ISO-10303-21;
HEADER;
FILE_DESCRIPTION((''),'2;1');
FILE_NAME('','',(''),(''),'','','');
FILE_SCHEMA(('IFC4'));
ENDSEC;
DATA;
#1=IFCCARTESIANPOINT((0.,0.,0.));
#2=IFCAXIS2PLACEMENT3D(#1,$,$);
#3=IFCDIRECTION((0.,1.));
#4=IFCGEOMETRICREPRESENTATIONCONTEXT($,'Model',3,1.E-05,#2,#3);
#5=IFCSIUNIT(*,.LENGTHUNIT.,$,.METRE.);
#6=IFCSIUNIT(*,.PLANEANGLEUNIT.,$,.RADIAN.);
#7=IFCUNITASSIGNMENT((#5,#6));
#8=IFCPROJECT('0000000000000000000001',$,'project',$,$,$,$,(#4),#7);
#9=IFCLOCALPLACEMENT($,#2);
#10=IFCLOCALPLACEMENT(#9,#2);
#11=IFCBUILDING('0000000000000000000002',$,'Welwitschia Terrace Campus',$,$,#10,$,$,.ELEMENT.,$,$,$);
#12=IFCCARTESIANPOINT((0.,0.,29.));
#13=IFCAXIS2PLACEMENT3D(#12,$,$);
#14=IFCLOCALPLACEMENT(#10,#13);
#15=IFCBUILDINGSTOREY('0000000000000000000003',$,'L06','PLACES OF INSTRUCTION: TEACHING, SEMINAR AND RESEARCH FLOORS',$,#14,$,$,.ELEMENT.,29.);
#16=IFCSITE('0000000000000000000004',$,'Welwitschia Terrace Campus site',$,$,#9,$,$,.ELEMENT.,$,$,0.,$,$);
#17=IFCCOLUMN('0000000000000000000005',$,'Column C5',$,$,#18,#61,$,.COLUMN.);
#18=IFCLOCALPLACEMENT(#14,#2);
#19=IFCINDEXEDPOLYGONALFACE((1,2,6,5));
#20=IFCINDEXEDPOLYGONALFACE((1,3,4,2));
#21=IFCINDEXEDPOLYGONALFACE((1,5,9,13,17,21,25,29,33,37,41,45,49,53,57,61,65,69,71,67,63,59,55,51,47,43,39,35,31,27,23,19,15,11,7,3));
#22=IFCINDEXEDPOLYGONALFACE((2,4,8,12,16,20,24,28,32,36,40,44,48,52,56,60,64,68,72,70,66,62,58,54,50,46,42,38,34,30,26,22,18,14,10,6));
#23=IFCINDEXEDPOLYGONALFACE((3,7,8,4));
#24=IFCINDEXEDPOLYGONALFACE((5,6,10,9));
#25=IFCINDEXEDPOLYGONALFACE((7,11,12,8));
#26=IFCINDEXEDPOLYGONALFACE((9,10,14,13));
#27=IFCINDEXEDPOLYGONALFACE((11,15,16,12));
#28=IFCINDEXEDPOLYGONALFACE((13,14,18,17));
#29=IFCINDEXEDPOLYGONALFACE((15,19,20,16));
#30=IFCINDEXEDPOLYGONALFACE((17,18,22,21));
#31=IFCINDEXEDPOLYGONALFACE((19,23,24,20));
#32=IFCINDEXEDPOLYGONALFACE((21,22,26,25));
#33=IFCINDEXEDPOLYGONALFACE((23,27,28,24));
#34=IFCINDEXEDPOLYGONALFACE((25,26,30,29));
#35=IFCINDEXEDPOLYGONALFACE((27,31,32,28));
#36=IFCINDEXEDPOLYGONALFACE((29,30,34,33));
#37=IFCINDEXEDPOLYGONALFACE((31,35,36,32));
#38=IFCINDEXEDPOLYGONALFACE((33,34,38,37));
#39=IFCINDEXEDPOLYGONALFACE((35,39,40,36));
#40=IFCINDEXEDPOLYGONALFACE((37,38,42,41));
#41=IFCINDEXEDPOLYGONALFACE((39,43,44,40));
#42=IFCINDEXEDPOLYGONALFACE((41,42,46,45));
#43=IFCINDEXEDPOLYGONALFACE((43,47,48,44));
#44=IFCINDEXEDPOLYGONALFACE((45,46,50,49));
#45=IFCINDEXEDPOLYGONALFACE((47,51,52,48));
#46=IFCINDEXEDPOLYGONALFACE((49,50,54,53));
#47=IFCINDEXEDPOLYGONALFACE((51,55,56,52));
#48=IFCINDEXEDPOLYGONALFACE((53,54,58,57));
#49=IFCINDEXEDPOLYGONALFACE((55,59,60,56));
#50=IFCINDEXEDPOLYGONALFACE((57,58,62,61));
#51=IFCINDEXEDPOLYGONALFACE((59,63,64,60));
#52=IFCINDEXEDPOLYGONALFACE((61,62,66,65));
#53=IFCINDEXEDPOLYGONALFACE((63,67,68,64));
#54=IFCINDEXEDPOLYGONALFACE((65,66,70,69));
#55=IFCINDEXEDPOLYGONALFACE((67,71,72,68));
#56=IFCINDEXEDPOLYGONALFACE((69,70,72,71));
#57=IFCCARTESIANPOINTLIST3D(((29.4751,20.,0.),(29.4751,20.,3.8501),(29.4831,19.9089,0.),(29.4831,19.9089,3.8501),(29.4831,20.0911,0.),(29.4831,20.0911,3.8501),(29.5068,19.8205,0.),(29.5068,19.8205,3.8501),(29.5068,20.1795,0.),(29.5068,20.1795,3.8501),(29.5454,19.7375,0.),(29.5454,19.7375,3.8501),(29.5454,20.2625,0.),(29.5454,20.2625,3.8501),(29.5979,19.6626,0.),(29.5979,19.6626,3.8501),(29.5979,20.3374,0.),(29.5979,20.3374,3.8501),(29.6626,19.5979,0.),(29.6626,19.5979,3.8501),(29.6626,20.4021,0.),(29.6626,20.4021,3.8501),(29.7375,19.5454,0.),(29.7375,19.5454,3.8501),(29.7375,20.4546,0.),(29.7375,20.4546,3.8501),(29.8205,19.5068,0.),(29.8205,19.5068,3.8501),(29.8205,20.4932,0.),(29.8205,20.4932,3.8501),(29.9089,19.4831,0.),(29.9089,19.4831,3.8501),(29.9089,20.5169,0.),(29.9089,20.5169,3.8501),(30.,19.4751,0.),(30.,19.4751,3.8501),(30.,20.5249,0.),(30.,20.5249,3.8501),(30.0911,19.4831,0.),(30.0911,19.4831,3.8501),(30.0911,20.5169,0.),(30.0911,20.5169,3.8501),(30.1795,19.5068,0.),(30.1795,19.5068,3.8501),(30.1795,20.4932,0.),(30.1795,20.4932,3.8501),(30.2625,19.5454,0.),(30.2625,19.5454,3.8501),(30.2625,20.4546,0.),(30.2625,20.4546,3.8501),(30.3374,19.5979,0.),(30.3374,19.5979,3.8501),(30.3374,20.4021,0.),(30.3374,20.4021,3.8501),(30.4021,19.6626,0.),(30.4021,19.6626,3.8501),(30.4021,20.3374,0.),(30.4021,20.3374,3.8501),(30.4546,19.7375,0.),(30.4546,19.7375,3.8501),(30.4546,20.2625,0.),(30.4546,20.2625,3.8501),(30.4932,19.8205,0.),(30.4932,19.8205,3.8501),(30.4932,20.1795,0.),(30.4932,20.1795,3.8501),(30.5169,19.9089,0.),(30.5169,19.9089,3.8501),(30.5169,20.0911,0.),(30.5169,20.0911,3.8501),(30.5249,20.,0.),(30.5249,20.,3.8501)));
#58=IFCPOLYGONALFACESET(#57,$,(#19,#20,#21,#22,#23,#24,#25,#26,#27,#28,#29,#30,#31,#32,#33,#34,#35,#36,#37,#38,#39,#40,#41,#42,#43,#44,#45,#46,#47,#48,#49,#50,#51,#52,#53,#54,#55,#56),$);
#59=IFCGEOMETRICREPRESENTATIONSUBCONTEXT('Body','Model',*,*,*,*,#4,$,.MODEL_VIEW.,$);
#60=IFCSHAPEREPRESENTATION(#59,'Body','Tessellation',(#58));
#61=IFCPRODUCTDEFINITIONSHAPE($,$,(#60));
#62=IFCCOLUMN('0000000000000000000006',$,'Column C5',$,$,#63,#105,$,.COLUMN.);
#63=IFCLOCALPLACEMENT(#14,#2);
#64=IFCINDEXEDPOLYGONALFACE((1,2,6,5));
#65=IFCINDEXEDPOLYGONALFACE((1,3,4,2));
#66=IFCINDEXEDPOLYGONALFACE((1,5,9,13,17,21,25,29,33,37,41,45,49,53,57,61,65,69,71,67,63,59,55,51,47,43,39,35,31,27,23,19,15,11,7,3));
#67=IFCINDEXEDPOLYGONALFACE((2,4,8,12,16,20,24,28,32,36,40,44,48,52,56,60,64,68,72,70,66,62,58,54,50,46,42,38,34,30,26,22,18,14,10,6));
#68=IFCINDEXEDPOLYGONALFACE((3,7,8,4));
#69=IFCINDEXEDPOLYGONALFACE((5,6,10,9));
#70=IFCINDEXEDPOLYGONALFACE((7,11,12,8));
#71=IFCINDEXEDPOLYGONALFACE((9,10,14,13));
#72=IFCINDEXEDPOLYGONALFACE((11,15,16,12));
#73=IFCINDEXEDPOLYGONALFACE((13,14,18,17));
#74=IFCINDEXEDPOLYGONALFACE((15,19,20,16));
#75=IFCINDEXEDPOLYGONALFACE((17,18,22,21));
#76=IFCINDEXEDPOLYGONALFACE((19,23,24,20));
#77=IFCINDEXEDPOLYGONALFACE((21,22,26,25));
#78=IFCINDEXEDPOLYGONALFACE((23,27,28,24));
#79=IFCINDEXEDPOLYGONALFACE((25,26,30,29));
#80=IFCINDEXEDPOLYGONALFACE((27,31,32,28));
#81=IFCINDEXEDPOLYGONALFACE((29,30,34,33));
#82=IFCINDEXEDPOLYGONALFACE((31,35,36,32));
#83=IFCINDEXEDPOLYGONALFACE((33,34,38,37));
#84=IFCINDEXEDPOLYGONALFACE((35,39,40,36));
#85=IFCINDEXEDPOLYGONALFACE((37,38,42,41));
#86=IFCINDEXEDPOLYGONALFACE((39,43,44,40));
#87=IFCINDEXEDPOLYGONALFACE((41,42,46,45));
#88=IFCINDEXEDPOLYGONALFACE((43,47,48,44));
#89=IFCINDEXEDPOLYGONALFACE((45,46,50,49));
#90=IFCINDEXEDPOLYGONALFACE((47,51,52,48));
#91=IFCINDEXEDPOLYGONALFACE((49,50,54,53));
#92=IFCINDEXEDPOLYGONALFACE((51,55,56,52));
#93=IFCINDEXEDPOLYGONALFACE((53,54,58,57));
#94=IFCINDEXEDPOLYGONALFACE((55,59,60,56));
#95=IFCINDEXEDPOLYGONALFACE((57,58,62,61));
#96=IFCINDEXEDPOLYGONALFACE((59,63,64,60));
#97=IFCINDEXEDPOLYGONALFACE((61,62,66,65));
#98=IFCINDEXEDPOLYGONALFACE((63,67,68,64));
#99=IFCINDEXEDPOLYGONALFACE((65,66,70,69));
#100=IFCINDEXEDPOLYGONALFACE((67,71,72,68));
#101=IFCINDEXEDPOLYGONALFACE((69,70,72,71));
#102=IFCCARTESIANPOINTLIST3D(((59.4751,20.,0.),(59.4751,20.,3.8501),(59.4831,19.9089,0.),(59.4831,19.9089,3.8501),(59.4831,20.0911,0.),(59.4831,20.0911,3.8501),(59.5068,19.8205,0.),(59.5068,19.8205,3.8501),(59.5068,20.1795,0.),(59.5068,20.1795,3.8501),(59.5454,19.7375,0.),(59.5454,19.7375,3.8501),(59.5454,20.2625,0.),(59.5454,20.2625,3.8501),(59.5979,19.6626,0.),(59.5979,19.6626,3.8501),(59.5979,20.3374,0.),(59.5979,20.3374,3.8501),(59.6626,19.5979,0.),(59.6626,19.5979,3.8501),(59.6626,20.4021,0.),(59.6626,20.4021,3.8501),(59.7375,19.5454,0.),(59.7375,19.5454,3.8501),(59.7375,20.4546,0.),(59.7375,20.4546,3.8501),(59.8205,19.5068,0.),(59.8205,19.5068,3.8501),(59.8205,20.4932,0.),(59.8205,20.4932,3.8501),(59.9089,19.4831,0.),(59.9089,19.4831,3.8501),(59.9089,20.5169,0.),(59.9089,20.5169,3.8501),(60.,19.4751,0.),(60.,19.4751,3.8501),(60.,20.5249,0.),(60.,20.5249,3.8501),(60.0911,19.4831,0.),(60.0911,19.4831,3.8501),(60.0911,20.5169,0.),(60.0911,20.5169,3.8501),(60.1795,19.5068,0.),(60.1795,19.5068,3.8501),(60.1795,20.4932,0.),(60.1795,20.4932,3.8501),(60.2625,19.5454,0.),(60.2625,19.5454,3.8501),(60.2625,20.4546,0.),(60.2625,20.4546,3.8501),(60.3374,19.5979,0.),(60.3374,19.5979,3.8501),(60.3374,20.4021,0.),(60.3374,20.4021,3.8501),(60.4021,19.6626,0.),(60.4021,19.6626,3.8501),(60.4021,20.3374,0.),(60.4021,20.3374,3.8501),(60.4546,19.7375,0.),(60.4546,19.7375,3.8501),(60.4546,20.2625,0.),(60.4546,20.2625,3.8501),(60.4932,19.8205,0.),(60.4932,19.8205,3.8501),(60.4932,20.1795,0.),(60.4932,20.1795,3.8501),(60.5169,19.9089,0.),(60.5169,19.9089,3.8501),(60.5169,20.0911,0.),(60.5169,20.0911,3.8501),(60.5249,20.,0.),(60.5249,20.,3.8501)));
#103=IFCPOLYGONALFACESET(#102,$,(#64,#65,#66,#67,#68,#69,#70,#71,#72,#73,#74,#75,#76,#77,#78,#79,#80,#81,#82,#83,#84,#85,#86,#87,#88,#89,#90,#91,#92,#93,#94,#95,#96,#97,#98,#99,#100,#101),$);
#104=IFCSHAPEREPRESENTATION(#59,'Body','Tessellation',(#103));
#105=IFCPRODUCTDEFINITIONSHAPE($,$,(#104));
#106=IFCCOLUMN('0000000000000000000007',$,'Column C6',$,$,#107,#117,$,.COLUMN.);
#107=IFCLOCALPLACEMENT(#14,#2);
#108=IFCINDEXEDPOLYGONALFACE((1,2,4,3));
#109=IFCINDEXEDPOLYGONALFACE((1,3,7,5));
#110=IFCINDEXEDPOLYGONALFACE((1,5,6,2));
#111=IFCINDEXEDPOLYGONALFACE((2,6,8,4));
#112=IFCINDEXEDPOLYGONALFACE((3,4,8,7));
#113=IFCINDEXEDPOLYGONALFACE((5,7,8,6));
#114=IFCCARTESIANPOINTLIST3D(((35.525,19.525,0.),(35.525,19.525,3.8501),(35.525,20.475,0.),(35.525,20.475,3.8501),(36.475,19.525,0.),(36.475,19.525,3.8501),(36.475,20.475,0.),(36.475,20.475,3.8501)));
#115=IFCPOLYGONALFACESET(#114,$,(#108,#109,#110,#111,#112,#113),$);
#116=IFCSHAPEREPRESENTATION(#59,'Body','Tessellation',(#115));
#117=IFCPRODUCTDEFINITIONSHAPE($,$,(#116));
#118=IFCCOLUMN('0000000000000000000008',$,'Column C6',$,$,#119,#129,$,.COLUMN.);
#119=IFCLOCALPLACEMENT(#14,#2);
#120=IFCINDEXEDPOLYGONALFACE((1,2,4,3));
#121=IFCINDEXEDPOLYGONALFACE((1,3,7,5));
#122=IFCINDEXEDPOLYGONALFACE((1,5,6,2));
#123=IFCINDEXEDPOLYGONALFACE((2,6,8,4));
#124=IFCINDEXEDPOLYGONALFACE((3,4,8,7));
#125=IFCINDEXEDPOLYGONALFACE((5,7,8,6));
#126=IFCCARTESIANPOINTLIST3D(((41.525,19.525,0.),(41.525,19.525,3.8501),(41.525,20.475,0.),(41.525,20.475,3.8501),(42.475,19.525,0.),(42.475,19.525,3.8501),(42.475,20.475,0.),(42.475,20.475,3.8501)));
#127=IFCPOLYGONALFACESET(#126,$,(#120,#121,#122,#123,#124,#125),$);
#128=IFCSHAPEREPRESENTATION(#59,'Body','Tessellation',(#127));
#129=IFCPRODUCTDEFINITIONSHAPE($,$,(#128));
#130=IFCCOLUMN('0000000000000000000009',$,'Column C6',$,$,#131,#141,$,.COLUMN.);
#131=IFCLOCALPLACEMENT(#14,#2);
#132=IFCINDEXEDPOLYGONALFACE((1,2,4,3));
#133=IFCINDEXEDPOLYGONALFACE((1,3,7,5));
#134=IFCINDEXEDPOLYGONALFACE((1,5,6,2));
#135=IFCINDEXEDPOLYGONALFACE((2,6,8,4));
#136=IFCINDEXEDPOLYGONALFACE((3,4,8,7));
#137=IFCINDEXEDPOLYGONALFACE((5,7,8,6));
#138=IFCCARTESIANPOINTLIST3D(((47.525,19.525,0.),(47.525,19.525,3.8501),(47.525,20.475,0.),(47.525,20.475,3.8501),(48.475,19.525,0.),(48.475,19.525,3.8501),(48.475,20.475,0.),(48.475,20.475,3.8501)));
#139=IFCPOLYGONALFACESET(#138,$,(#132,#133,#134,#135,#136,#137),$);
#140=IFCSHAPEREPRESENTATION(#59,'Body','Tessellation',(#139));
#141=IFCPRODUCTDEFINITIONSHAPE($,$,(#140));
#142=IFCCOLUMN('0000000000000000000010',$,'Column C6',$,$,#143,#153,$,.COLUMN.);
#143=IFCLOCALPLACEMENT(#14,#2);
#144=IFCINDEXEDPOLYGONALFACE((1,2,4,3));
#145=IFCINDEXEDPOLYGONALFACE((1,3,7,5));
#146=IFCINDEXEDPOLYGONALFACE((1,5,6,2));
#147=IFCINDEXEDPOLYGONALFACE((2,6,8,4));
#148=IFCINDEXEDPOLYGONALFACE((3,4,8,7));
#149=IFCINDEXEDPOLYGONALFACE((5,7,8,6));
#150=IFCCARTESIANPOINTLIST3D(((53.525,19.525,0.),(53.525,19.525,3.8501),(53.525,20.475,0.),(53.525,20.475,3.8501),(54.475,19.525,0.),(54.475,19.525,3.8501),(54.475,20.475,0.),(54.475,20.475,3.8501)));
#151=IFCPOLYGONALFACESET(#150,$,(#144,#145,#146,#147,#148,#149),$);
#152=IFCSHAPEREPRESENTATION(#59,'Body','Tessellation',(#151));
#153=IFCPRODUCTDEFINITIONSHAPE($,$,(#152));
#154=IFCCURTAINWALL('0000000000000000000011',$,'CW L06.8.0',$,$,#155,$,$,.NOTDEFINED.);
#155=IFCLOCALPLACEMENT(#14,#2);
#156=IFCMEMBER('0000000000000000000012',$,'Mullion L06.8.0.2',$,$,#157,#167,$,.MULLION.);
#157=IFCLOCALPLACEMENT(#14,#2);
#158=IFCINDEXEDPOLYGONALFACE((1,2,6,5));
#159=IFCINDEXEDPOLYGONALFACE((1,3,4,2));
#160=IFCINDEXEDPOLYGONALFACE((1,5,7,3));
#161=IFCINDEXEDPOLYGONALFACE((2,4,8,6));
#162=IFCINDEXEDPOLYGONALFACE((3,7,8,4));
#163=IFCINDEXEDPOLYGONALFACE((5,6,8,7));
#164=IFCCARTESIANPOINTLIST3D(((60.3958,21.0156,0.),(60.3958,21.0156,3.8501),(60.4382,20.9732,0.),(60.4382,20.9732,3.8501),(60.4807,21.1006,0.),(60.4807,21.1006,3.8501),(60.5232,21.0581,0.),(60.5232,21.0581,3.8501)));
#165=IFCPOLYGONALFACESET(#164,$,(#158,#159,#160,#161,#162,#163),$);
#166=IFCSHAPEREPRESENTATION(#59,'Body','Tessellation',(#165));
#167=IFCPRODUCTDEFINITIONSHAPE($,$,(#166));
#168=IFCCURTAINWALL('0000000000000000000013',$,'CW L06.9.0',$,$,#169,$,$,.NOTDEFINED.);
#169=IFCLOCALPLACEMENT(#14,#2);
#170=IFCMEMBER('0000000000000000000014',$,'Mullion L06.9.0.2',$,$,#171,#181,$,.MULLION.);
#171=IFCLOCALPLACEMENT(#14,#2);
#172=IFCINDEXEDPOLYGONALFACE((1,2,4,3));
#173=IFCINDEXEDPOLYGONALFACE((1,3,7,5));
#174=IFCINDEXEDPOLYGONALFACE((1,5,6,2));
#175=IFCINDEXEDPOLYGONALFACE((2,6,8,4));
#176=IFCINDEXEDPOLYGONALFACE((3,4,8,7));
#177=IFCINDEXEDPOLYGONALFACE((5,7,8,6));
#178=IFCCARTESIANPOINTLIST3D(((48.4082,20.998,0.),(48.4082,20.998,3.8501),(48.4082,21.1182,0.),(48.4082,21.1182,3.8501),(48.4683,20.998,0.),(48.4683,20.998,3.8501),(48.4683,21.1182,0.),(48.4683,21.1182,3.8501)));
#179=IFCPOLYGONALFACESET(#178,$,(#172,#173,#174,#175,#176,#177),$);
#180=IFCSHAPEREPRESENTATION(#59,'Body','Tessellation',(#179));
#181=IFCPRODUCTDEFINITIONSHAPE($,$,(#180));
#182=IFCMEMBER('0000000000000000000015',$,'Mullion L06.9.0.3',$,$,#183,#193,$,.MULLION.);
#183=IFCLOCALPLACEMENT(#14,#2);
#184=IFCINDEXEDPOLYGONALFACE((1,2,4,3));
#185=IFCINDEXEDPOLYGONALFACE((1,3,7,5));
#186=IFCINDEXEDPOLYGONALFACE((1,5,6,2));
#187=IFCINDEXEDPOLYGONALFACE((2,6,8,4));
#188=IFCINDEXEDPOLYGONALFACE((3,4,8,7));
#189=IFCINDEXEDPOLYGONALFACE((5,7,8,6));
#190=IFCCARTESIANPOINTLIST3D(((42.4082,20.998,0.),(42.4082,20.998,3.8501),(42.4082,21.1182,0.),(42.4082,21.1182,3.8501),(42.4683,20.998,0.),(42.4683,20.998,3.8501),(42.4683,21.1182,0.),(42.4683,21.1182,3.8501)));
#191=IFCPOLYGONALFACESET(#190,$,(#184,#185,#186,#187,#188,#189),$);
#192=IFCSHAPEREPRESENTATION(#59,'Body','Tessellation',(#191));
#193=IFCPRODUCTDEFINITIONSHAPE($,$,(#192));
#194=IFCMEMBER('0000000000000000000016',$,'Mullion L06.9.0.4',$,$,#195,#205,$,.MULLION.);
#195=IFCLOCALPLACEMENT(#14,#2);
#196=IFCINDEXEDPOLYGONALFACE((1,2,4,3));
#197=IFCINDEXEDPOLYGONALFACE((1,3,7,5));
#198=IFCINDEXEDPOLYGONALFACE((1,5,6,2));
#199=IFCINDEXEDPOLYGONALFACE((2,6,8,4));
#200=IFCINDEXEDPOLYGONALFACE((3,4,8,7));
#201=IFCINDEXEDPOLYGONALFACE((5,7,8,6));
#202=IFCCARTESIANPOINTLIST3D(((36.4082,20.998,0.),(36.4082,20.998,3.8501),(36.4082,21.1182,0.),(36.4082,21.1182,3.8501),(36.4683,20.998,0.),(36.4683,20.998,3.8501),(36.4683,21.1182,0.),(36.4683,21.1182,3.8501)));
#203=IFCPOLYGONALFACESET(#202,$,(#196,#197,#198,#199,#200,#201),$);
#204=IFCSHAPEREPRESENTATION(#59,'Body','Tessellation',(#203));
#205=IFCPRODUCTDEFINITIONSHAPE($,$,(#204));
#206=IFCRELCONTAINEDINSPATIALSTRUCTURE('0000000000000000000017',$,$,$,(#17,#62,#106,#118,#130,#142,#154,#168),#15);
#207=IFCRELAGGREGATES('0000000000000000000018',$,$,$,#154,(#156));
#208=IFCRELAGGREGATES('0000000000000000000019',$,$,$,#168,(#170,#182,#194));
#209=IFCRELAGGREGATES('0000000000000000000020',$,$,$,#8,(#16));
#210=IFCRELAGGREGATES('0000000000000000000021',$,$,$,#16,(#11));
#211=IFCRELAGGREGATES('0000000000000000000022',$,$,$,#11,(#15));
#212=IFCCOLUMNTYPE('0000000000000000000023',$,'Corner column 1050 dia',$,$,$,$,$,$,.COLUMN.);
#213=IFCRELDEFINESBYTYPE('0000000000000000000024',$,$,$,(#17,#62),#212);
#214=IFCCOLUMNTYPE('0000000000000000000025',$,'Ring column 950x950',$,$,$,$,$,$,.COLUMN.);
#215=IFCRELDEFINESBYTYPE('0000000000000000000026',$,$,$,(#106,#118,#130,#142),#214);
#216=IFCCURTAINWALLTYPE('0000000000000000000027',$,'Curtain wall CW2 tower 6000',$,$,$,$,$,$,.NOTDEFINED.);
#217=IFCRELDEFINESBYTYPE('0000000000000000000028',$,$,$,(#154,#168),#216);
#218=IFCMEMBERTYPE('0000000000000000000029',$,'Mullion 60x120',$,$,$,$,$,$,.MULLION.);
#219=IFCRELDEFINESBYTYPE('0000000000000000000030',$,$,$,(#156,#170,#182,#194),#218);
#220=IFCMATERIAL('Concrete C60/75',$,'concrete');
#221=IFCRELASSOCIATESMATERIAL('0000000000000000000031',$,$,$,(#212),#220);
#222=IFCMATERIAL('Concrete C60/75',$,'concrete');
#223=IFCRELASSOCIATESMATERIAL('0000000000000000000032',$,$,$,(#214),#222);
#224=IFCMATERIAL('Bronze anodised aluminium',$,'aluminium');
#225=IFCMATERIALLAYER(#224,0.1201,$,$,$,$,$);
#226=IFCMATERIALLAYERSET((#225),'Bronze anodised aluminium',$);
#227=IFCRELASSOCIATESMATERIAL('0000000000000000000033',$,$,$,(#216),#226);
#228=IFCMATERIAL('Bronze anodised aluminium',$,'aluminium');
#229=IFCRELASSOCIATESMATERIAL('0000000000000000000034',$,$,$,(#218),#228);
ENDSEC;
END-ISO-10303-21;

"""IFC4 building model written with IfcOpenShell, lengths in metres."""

from ifc_helpers import new_model, si_unit, direction, frame, origin, origin_2d, place, context, subcontext, project, spatial, rectangle, circle, extrude, material, layer, layer_set, material_profile, profile_set, type_object, element, aggregate, save


model = new_model("IFC4")

# Units and contexts
model_context = context("Model", 3, precision=1e-05, world=origin(), true_north=direction((0.0, 1.0)))
body_context = subcontext(model_context, "Body", "Model", "MODEL_VIEW")
ifc_project = project(units=[si_unit("LENGTHUNIT", "METRE"), si_unit("PLANEANGLEUNIT", "RADIAN")], contexts=[model_context])

# Site, building, storey
site_placement = place(None, origin())
site = spatial("IfcSite", under=ifc_project, at=site_placement, Name="Welwitschia Terrace Campus site", CompositionType="ELEMENT", RefElevation=0.0)
building_placement = place(site_placement, origin())
building = spatial("IfcBuilding", under=site, at=building_placement, Name="Welwitschia Terrace Campus", CompositionType="ELEMENT")
storey_placement = place(building_placement, frame((0.0, 0.0, 29.0)))
storey = spatial("IfcBuildingStorey", under=building, at=storey_placement, Name="L06", Description="PLACES OF INSTRUCTION: TEACHING, SEMINAR AND RESEARCH FLOORS", CompositionType="ELEMENT", Elevation=29.0)

# Columns
ifc_material_1 = material(Name="Concrete C60/75", Category="concrete")
ifc_material_profile_1 = material_profile(ifc_material_1, circle(Radius=0.5249, at=origin_2d()))
ifc_profile_set_1 = profile_set([ifc_material_profile_1], Name="Concrete C60/75")
column_type_1 = type_object("IfcColumnType", Name="Corner column 1050 dia", PredefinedType="COLUMN", material=ifc_profile_set_1)
for number, where, z_axis, x_axis, name in (
    (1, (30.0, 20.0, 0.0), (0.0, 0.0, 1.0), (1.0, 0.0, 0.0), "Column C5"),
    (2, (60.0, 20.0, 0.0), (0.0, 0.0, 1.0), (1.0, 0.0, 0.0), "Column C5"),
):
    element("IfcColumn", number, at=place(storey_placement, frame(where, z_axis=z_axis, x_axis=x_axis)), inside=storey, type_object=column_type_1, Name=name, PredefinedType="COLUMN", context=body_context, shape_type="SweptSolid", body=[
        extrude(circle(Radius=0.5249, at=origin_2d()), origin(), (0.0, 0.0, 1.0), 3.8501),
    ])
ifc_material_2 = material(Name="Concrete C60/75", Category="concrete")
ifc_material_profile_2 = material_profile(ifc_material_2, rectangle(XDim=0.95, YDim=0.95, at=origin_2d()))
ifc_profile_set_2 = profile_set([ifc_material_profile_2], Name="Concrete C60/75")
column_type_2 = type_object("IfcColumnType", Name="Ring column 950x950", PredefinedType="COLUMN", material=ifc_profile_set_2)
for number, where, z_axis, x_axis, name in (
    (3, (36.0, 20.0, 0.0), (0.0, 0.0, 1.0), (1.0, 0.0, 0.0), "Column C6"),
    (4, (42.0, 20.0, 0.0), (0.0, 0.0, 1.0), (1.0, 0.0, 0.0), "Column C6"),
    (5, (48.0, 20.0, 0.0), (0.0, 0.0, 1.0), (1.0, 0.0, 0.0), "Column C6"),
    (6, (54.0, 20.0, 0.0), (0.0, 0.0, 1.0), (1.0, 0.0, 0.0), "Column C6"),
):
    element("IfcColumn", number, at=place(storey_placement, frame(where, z_axis=z_axis, x_axis=x_axis)), inside=storey, type_object=column_type_2, Name=name, PredefinedType="COLUMN", context=body_context, shape_type="SweptSolid", body=[
        extrude(rectangle(XDim=0.95, YDim=0.95, at=origin_2d()), origin(), (0.0, 0.0, 1.0), 3.8501),
    ])

# Curtain wall, member
ifc_material_3 = material(Name="Bronze anodised aluminium", Category="aluminium")
ifc_layer_1 = layer(ifc_material_3, 0.1201)
ifc_layer_set_1 = layer_set([ifc_layer_1], Name="Bronze anodised aluminium")
curtain_wall_type = type_object("IfcCurtainWallType", Name="Curtain wall CW2 tower 6000", PredefinedType="NOTDEFINED", material=ifc_layer_set_1)
curtain_wall_1_placement = place(storey_placement, origin())
curtain_wall_1 = element("IfcCurtainWall", 7, at=curtain_wall_1_placement, inside=storey, type_object=curtain_wall_type, Name="CW L06.8.0", PredefinedType="NOTDEFINED")
ifc_material_4 = material(Name="Bronze anodised aluminium", Category="aluminium")
ifc_material_profile_3 = material_profile(ifc_material_4, rectangle(XDim=0.1201, YDim=0.0601, at=origin_2d()))
ifc_profile_set_3 = profile_set([ifc_material_profile_3], Name="Bronze anodised aluminium")
member_type_1 = type_object("IfcMemberType", Name="Mullion 60x120", PredefinedType="MULLION", material=ifc_profile_set_3)
member_1_placement = place(storey_placement, frame((60.4595, 21.0369, 0.0), z_axis=(0.0, 0.0, 1.0), x_axis=(-0.707107, -0.707107, 0.0)))
member_1 = element("IfcMember", 8, at=member_1_placement, type_object=member_type_1, Name="Mullion L06.8.0.2", PredefinedType="MULLION", context=body_context, shape_type="SweptSolid", body=[
    extrude(rectangle(XDim=0.1201, YDim=0.0601, at=origin_2d()), origin(), (0.0, 0.0, 1.0), 3.8501),
])

# Curtain wall, members
curtain_wall_2_placement = place(storey_placement, origin())
curtain_wall_2 = element("IfcCurtainWall", 9, at=curtain_wall_2_placement, inside=storey, type_object=curtain_wall_type, Name="CW L06.9.0", PredefinedType="NOTDEFINED")
member_2_placement = place(storey_placement, frame((48.4382, 21.0581, 0.0), z_axis=(0.0, 0.0, 1.0), x_axis=(0.0, -1.0, 0.0)))
member_2 = element("IfcMember", 10, at=member_2_placement, type_object=member_type_1, Name="Mullion L06.9.0.2", PredefinedType="MULLION", context=body_context, shape_type="SweptSolid", body=[
    extrude(rectangle(XDim=0.1201, YDim=0.0601, at=origin_2d()), origin(), (0.0, 0.0, 1.0), 3.8501),
])
member_3_placement = place(storey_placement, frame((42.4382, 21.0581, 0.0), z_axis=(0.0, 0.0, 1.0), x_axis=(0.0, -1.0, 0.0)))
member_3 = element("IfcMember", 11, at=member_3_placement, type_object=member_type_1, Name="Mullion L06.9.0.3", PredefinedType="MULLION", context=body_context, shape_type="SweptSolid", body=[
    extrude(rectangle(XDim=0.1201, YDim=0.0601, at=origin_2d()), origin(), (0.0, 0.0, 1.0), 3.8501),
])
member_4_placement = place(storey_placement, frame((36.4382, 21.0581, 0.0), z_axis=(0.0, 0.0, 1.0), x_axis=(0.0, -1.0, 0.0)))
member_4 = element("IfcMember", 12, at=member_4_placement, type_object=member_type_1, Name="Mullion L06.9.0.4", PredefinedType="MULLION", context=body_context, shape_type="SweptSolid", body=[
    extrude(rectangle(XDim=0.1201, YDim=0.0601, at=origin_2d()), origin(), (0.0, 0.0, 1.0), 3.8501),
])

aggregate(curtain_wall_1, [member_1])
aggregate(curtain_wall_2, [member_2, member_3, member_4])

save(model, "model.ifc")
